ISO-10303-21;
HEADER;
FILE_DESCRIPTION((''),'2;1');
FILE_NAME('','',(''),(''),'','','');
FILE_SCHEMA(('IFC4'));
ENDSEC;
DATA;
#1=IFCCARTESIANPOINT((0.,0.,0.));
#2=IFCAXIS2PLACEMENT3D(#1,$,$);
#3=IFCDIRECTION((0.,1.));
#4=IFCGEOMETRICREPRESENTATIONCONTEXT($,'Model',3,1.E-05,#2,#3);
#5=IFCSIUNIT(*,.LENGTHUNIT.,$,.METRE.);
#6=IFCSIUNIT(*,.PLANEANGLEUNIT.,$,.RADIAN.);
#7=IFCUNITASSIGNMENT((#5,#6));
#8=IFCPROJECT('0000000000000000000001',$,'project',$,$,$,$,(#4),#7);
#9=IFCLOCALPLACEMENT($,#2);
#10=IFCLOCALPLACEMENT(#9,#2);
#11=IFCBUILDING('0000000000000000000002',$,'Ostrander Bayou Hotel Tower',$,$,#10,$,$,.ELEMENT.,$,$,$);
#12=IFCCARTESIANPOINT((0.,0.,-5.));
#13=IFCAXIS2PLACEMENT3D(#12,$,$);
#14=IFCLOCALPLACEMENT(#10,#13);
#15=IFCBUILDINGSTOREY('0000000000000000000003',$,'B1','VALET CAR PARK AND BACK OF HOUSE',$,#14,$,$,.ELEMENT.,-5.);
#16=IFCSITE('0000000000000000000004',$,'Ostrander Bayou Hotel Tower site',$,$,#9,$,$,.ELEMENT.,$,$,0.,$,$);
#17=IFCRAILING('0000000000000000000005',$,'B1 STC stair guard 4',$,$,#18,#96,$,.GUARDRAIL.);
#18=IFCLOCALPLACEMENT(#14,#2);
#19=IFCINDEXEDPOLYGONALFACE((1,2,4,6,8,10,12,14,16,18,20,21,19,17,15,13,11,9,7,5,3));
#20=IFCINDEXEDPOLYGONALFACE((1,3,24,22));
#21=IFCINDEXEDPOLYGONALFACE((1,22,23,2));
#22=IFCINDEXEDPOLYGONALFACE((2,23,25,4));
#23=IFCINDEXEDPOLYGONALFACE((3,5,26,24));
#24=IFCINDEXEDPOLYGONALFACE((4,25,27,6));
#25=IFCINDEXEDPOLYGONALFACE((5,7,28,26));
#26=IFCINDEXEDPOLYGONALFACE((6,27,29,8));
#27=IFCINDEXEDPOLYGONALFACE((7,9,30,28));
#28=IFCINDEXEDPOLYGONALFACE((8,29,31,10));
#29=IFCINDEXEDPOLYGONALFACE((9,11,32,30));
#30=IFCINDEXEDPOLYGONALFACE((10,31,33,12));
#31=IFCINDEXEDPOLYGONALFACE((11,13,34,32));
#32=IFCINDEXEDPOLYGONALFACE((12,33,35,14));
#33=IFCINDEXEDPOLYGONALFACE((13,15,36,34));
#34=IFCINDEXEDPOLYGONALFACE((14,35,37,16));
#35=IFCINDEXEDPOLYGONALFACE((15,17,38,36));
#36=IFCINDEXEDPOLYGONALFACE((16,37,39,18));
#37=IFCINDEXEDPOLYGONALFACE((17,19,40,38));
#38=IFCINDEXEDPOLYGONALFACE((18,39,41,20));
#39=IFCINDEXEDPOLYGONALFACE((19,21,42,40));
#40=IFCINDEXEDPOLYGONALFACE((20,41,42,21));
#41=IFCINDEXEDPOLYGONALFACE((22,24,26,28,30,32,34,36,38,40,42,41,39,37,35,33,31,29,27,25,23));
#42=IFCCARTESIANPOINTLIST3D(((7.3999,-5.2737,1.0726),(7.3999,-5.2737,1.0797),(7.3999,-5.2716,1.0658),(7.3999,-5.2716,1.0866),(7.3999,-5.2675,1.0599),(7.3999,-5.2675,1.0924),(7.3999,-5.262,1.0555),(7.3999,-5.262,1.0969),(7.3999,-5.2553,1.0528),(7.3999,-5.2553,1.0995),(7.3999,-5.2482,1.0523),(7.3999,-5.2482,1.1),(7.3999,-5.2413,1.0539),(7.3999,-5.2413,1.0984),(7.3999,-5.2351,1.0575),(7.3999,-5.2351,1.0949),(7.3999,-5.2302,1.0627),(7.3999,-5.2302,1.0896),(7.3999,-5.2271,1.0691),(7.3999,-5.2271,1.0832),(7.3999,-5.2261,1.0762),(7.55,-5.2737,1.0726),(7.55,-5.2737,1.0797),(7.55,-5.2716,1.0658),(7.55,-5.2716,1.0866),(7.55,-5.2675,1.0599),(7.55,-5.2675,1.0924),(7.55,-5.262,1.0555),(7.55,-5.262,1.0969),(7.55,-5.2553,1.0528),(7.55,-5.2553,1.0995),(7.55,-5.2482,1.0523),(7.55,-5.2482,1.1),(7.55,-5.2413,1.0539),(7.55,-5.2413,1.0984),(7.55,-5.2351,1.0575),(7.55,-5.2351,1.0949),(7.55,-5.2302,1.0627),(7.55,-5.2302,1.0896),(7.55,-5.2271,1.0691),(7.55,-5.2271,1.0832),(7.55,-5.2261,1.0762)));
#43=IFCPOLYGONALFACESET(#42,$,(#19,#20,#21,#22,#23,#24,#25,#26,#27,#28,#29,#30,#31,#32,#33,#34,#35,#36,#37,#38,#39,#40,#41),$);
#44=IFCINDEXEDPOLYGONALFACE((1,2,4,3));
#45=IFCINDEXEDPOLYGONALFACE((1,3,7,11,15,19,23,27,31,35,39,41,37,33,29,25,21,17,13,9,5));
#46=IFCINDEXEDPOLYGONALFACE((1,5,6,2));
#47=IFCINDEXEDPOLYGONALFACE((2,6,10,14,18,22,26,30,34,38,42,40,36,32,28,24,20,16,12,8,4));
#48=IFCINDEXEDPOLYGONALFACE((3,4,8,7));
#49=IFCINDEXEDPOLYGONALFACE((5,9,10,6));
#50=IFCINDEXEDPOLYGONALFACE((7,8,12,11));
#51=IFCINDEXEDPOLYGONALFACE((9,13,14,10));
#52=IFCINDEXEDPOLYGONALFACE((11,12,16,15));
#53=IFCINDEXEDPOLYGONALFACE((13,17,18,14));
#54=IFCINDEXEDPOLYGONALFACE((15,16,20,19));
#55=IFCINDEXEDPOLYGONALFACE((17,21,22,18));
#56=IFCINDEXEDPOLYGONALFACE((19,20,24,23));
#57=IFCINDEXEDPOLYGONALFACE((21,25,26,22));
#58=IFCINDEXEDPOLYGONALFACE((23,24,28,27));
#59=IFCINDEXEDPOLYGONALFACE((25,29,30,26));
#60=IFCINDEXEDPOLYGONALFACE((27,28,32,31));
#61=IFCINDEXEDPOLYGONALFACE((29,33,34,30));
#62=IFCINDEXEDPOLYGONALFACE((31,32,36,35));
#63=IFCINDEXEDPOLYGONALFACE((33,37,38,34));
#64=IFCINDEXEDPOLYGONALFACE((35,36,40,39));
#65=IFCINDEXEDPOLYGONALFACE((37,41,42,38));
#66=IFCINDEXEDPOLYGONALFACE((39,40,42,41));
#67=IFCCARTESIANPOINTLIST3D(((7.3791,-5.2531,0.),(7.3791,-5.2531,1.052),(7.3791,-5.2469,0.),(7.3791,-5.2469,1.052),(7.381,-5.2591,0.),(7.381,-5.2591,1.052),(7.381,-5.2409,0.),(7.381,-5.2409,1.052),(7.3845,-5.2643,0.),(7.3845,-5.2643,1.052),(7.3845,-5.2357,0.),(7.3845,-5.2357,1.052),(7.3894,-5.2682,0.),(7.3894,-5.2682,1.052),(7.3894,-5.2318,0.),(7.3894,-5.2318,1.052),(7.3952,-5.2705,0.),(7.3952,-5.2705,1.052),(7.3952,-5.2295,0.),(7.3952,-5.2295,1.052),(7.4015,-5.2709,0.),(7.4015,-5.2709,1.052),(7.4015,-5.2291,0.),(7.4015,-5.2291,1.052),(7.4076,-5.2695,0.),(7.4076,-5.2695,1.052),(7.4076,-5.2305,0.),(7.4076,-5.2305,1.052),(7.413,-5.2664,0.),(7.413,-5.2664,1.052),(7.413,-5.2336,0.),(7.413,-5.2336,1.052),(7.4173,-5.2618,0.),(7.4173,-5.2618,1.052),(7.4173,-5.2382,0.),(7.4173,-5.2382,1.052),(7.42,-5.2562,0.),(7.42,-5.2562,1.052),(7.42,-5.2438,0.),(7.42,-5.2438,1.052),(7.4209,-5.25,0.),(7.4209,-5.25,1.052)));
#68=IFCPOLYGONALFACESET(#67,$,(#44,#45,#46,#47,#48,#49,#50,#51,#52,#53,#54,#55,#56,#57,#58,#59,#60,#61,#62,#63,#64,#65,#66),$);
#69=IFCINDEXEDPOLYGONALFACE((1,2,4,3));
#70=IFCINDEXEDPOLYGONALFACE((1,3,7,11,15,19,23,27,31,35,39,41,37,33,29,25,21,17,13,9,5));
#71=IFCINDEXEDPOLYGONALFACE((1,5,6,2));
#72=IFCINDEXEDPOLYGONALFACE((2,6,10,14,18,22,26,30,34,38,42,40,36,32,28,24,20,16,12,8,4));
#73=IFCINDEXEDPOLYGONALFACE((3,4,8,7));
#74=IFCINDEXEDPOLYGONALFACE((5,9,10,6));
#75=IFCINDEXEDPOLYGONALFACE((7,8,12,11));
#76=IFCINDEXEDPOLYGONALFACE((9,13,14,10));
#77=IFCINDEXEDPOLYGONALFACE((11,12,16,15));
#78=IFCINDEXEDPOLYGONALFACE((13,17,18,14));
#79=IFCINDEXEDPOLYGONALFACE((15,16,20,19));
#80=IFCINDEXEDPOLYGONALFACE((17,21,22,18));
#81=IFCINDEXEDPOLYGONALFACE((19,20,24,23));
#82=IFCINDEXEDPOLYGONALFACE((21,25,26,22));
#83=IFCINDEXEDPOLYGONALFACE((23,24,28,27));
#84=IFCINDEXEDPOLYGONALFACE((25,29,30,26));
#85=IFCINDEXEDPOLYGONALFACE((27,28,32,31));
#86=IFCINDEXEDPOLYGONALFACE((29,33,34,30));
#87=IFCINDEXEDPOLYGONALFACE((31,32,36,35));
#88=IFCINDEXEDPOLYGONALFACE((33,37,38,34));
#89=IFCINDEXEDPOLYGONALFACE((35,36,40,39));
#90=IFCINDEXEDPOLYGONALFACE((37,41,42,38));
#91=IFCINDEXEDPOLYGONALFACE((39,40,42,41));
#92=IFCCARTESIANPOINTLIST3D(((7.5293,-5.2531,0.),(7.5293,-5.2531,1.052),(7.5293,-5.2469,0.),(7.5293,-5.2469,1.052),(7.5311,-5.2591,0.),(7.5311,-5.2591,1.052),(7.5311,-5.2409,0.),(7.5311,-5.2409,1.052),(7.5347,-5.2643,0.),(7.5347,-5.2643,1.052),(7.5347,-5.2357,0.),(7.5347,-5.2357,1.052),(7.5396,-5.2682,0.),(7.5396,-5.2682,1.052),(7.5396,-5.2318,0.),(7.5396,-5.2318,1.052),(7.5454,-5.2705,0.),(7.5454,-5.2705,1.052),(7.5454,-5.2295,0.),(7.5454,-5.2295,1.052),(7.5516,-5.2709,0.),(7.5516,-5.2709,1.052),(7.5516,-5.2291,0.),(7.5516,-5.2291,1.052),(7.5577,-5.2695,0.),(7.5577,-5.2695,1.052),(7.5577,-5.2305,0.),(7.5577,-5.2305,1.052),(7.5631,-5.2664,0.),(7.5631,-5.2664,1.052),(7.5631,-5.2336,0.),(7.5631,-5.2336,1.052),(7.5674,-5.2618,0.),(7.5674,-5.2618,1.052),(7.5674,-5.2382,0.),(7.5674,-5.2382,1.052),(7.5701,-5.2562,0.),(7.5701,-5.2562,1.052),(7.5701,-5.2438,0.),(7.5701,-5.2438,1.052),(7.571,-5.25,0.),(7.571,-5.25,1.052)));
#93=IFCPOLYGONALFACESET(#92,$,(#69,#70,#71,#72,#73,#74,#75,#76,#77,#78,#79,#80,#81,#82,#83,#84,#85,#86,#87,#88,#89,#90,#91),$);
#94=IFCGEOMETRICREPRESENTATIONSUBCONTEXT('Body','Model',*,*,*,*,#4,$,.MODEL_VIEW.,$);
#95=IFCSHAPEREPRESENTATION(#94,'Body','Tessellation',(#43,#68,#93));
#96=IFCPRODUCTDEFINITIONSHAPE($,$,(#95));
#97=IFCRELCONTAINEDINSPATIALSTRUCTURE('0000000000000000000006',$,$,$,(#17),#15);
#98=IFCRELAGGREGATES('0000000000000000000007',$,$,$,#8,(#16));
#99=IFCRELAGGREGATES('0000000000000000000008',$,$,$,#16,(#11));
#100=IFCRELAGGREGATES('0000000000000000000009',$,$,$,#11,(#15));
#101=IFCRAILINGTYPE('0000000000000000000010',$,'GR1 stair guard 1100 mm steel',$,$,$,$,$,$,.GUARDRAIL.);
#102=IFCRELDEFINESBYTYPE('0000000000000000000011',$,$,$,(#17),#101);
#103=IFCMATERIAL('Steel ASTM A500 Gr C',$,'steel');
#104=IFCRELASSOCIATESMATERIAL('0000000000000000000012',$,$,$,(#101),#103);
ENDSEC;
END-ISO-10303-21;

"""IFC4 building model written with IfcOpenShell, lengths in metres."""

from ifc_helpers import new_model, si_unit, direction, frame, origin, origin_2d, place, context, subcontext, project, spatial, circle, extrude, material, type_object, element, save


model = new_model("IFC4")

# Units and contexts
model_context = context("Model", 3, precision=1e-05, world=origin(), true_north=direction((0.0, 1.0)))
body_context = subcontext(model_context, "Body", "Model", "MODEL_VIEW")
ifc_project = project(units=[si_unit("LENGTHUNIT", "METRE"), si_unit("PLANEANGLEUNIT", "RADIAN")], contexts=[model_context])

# Site, building, storey
site_placement = place(None, origin())
site = spatial("IfcSite", under=ifc_project, at=site_placement, Name="Ostrander Bayou Hotel Tower site", CompositionType="ELEMENT", RefElevation=0.0)
building_placement = place(site_placement, origin())
building = spatial("IfcBuilding", under=site, at=building_placement, Name="Ostrander Bayou Hotel Tower", CompositionType="ELEMENT")
storey_placement = place(building_placement, frame((0.0, 0.0, -5.0)))
storey = spatial("IfcBuildingStorey", under=building, at=storey_placement, Name="B1", Description="VALET CAR PARK AND BACK OF HOUSE", CompositionType="ELEMENT", Elevation=-5.0)

# Railing
ifc_material_1 = material(Name="Steel ASTM A500 Gr C", Category="steel")
railing_type_1 = type_object("IfcRailingType", Name="GR1 stair guard 1100 mm steel", PredefinedType="GUARDRAIL", material=ifc_material_1)
railing_1_placement = place(storey_placement, frame((7.3999, -5.25, 0.0)))
element("IfcRailing", 1, at=railing_1_placement, inside=storey, type_object=railing_type_1, Name="B1 STC stair guard 4", PredefinedType="GUARDRAIL", context=body_context, shape_type="SweptSolid", body=[
    extrude(circle(Radius=0.0239, at=origin_2d()), frame((0.0, 0.0, 1.0762), z_axis=(1.0, 0.0, 0.0), x_axis=(0.0, 1.0, 0.0)), (0.0, 0.0, 1.0), 0.1501),
    extrude(circle(Radius=0.021, at=origin_2d()), origin(), (0.0, 0.0, 1.0), 1.052),
    extrude(circle(Radius=0.021, at=origin_2d()), frame((0.1501, 0.0, 0.0)), (0.0, 0.0, 1.0), 1.052),
])

save(model, "model.ifc")
